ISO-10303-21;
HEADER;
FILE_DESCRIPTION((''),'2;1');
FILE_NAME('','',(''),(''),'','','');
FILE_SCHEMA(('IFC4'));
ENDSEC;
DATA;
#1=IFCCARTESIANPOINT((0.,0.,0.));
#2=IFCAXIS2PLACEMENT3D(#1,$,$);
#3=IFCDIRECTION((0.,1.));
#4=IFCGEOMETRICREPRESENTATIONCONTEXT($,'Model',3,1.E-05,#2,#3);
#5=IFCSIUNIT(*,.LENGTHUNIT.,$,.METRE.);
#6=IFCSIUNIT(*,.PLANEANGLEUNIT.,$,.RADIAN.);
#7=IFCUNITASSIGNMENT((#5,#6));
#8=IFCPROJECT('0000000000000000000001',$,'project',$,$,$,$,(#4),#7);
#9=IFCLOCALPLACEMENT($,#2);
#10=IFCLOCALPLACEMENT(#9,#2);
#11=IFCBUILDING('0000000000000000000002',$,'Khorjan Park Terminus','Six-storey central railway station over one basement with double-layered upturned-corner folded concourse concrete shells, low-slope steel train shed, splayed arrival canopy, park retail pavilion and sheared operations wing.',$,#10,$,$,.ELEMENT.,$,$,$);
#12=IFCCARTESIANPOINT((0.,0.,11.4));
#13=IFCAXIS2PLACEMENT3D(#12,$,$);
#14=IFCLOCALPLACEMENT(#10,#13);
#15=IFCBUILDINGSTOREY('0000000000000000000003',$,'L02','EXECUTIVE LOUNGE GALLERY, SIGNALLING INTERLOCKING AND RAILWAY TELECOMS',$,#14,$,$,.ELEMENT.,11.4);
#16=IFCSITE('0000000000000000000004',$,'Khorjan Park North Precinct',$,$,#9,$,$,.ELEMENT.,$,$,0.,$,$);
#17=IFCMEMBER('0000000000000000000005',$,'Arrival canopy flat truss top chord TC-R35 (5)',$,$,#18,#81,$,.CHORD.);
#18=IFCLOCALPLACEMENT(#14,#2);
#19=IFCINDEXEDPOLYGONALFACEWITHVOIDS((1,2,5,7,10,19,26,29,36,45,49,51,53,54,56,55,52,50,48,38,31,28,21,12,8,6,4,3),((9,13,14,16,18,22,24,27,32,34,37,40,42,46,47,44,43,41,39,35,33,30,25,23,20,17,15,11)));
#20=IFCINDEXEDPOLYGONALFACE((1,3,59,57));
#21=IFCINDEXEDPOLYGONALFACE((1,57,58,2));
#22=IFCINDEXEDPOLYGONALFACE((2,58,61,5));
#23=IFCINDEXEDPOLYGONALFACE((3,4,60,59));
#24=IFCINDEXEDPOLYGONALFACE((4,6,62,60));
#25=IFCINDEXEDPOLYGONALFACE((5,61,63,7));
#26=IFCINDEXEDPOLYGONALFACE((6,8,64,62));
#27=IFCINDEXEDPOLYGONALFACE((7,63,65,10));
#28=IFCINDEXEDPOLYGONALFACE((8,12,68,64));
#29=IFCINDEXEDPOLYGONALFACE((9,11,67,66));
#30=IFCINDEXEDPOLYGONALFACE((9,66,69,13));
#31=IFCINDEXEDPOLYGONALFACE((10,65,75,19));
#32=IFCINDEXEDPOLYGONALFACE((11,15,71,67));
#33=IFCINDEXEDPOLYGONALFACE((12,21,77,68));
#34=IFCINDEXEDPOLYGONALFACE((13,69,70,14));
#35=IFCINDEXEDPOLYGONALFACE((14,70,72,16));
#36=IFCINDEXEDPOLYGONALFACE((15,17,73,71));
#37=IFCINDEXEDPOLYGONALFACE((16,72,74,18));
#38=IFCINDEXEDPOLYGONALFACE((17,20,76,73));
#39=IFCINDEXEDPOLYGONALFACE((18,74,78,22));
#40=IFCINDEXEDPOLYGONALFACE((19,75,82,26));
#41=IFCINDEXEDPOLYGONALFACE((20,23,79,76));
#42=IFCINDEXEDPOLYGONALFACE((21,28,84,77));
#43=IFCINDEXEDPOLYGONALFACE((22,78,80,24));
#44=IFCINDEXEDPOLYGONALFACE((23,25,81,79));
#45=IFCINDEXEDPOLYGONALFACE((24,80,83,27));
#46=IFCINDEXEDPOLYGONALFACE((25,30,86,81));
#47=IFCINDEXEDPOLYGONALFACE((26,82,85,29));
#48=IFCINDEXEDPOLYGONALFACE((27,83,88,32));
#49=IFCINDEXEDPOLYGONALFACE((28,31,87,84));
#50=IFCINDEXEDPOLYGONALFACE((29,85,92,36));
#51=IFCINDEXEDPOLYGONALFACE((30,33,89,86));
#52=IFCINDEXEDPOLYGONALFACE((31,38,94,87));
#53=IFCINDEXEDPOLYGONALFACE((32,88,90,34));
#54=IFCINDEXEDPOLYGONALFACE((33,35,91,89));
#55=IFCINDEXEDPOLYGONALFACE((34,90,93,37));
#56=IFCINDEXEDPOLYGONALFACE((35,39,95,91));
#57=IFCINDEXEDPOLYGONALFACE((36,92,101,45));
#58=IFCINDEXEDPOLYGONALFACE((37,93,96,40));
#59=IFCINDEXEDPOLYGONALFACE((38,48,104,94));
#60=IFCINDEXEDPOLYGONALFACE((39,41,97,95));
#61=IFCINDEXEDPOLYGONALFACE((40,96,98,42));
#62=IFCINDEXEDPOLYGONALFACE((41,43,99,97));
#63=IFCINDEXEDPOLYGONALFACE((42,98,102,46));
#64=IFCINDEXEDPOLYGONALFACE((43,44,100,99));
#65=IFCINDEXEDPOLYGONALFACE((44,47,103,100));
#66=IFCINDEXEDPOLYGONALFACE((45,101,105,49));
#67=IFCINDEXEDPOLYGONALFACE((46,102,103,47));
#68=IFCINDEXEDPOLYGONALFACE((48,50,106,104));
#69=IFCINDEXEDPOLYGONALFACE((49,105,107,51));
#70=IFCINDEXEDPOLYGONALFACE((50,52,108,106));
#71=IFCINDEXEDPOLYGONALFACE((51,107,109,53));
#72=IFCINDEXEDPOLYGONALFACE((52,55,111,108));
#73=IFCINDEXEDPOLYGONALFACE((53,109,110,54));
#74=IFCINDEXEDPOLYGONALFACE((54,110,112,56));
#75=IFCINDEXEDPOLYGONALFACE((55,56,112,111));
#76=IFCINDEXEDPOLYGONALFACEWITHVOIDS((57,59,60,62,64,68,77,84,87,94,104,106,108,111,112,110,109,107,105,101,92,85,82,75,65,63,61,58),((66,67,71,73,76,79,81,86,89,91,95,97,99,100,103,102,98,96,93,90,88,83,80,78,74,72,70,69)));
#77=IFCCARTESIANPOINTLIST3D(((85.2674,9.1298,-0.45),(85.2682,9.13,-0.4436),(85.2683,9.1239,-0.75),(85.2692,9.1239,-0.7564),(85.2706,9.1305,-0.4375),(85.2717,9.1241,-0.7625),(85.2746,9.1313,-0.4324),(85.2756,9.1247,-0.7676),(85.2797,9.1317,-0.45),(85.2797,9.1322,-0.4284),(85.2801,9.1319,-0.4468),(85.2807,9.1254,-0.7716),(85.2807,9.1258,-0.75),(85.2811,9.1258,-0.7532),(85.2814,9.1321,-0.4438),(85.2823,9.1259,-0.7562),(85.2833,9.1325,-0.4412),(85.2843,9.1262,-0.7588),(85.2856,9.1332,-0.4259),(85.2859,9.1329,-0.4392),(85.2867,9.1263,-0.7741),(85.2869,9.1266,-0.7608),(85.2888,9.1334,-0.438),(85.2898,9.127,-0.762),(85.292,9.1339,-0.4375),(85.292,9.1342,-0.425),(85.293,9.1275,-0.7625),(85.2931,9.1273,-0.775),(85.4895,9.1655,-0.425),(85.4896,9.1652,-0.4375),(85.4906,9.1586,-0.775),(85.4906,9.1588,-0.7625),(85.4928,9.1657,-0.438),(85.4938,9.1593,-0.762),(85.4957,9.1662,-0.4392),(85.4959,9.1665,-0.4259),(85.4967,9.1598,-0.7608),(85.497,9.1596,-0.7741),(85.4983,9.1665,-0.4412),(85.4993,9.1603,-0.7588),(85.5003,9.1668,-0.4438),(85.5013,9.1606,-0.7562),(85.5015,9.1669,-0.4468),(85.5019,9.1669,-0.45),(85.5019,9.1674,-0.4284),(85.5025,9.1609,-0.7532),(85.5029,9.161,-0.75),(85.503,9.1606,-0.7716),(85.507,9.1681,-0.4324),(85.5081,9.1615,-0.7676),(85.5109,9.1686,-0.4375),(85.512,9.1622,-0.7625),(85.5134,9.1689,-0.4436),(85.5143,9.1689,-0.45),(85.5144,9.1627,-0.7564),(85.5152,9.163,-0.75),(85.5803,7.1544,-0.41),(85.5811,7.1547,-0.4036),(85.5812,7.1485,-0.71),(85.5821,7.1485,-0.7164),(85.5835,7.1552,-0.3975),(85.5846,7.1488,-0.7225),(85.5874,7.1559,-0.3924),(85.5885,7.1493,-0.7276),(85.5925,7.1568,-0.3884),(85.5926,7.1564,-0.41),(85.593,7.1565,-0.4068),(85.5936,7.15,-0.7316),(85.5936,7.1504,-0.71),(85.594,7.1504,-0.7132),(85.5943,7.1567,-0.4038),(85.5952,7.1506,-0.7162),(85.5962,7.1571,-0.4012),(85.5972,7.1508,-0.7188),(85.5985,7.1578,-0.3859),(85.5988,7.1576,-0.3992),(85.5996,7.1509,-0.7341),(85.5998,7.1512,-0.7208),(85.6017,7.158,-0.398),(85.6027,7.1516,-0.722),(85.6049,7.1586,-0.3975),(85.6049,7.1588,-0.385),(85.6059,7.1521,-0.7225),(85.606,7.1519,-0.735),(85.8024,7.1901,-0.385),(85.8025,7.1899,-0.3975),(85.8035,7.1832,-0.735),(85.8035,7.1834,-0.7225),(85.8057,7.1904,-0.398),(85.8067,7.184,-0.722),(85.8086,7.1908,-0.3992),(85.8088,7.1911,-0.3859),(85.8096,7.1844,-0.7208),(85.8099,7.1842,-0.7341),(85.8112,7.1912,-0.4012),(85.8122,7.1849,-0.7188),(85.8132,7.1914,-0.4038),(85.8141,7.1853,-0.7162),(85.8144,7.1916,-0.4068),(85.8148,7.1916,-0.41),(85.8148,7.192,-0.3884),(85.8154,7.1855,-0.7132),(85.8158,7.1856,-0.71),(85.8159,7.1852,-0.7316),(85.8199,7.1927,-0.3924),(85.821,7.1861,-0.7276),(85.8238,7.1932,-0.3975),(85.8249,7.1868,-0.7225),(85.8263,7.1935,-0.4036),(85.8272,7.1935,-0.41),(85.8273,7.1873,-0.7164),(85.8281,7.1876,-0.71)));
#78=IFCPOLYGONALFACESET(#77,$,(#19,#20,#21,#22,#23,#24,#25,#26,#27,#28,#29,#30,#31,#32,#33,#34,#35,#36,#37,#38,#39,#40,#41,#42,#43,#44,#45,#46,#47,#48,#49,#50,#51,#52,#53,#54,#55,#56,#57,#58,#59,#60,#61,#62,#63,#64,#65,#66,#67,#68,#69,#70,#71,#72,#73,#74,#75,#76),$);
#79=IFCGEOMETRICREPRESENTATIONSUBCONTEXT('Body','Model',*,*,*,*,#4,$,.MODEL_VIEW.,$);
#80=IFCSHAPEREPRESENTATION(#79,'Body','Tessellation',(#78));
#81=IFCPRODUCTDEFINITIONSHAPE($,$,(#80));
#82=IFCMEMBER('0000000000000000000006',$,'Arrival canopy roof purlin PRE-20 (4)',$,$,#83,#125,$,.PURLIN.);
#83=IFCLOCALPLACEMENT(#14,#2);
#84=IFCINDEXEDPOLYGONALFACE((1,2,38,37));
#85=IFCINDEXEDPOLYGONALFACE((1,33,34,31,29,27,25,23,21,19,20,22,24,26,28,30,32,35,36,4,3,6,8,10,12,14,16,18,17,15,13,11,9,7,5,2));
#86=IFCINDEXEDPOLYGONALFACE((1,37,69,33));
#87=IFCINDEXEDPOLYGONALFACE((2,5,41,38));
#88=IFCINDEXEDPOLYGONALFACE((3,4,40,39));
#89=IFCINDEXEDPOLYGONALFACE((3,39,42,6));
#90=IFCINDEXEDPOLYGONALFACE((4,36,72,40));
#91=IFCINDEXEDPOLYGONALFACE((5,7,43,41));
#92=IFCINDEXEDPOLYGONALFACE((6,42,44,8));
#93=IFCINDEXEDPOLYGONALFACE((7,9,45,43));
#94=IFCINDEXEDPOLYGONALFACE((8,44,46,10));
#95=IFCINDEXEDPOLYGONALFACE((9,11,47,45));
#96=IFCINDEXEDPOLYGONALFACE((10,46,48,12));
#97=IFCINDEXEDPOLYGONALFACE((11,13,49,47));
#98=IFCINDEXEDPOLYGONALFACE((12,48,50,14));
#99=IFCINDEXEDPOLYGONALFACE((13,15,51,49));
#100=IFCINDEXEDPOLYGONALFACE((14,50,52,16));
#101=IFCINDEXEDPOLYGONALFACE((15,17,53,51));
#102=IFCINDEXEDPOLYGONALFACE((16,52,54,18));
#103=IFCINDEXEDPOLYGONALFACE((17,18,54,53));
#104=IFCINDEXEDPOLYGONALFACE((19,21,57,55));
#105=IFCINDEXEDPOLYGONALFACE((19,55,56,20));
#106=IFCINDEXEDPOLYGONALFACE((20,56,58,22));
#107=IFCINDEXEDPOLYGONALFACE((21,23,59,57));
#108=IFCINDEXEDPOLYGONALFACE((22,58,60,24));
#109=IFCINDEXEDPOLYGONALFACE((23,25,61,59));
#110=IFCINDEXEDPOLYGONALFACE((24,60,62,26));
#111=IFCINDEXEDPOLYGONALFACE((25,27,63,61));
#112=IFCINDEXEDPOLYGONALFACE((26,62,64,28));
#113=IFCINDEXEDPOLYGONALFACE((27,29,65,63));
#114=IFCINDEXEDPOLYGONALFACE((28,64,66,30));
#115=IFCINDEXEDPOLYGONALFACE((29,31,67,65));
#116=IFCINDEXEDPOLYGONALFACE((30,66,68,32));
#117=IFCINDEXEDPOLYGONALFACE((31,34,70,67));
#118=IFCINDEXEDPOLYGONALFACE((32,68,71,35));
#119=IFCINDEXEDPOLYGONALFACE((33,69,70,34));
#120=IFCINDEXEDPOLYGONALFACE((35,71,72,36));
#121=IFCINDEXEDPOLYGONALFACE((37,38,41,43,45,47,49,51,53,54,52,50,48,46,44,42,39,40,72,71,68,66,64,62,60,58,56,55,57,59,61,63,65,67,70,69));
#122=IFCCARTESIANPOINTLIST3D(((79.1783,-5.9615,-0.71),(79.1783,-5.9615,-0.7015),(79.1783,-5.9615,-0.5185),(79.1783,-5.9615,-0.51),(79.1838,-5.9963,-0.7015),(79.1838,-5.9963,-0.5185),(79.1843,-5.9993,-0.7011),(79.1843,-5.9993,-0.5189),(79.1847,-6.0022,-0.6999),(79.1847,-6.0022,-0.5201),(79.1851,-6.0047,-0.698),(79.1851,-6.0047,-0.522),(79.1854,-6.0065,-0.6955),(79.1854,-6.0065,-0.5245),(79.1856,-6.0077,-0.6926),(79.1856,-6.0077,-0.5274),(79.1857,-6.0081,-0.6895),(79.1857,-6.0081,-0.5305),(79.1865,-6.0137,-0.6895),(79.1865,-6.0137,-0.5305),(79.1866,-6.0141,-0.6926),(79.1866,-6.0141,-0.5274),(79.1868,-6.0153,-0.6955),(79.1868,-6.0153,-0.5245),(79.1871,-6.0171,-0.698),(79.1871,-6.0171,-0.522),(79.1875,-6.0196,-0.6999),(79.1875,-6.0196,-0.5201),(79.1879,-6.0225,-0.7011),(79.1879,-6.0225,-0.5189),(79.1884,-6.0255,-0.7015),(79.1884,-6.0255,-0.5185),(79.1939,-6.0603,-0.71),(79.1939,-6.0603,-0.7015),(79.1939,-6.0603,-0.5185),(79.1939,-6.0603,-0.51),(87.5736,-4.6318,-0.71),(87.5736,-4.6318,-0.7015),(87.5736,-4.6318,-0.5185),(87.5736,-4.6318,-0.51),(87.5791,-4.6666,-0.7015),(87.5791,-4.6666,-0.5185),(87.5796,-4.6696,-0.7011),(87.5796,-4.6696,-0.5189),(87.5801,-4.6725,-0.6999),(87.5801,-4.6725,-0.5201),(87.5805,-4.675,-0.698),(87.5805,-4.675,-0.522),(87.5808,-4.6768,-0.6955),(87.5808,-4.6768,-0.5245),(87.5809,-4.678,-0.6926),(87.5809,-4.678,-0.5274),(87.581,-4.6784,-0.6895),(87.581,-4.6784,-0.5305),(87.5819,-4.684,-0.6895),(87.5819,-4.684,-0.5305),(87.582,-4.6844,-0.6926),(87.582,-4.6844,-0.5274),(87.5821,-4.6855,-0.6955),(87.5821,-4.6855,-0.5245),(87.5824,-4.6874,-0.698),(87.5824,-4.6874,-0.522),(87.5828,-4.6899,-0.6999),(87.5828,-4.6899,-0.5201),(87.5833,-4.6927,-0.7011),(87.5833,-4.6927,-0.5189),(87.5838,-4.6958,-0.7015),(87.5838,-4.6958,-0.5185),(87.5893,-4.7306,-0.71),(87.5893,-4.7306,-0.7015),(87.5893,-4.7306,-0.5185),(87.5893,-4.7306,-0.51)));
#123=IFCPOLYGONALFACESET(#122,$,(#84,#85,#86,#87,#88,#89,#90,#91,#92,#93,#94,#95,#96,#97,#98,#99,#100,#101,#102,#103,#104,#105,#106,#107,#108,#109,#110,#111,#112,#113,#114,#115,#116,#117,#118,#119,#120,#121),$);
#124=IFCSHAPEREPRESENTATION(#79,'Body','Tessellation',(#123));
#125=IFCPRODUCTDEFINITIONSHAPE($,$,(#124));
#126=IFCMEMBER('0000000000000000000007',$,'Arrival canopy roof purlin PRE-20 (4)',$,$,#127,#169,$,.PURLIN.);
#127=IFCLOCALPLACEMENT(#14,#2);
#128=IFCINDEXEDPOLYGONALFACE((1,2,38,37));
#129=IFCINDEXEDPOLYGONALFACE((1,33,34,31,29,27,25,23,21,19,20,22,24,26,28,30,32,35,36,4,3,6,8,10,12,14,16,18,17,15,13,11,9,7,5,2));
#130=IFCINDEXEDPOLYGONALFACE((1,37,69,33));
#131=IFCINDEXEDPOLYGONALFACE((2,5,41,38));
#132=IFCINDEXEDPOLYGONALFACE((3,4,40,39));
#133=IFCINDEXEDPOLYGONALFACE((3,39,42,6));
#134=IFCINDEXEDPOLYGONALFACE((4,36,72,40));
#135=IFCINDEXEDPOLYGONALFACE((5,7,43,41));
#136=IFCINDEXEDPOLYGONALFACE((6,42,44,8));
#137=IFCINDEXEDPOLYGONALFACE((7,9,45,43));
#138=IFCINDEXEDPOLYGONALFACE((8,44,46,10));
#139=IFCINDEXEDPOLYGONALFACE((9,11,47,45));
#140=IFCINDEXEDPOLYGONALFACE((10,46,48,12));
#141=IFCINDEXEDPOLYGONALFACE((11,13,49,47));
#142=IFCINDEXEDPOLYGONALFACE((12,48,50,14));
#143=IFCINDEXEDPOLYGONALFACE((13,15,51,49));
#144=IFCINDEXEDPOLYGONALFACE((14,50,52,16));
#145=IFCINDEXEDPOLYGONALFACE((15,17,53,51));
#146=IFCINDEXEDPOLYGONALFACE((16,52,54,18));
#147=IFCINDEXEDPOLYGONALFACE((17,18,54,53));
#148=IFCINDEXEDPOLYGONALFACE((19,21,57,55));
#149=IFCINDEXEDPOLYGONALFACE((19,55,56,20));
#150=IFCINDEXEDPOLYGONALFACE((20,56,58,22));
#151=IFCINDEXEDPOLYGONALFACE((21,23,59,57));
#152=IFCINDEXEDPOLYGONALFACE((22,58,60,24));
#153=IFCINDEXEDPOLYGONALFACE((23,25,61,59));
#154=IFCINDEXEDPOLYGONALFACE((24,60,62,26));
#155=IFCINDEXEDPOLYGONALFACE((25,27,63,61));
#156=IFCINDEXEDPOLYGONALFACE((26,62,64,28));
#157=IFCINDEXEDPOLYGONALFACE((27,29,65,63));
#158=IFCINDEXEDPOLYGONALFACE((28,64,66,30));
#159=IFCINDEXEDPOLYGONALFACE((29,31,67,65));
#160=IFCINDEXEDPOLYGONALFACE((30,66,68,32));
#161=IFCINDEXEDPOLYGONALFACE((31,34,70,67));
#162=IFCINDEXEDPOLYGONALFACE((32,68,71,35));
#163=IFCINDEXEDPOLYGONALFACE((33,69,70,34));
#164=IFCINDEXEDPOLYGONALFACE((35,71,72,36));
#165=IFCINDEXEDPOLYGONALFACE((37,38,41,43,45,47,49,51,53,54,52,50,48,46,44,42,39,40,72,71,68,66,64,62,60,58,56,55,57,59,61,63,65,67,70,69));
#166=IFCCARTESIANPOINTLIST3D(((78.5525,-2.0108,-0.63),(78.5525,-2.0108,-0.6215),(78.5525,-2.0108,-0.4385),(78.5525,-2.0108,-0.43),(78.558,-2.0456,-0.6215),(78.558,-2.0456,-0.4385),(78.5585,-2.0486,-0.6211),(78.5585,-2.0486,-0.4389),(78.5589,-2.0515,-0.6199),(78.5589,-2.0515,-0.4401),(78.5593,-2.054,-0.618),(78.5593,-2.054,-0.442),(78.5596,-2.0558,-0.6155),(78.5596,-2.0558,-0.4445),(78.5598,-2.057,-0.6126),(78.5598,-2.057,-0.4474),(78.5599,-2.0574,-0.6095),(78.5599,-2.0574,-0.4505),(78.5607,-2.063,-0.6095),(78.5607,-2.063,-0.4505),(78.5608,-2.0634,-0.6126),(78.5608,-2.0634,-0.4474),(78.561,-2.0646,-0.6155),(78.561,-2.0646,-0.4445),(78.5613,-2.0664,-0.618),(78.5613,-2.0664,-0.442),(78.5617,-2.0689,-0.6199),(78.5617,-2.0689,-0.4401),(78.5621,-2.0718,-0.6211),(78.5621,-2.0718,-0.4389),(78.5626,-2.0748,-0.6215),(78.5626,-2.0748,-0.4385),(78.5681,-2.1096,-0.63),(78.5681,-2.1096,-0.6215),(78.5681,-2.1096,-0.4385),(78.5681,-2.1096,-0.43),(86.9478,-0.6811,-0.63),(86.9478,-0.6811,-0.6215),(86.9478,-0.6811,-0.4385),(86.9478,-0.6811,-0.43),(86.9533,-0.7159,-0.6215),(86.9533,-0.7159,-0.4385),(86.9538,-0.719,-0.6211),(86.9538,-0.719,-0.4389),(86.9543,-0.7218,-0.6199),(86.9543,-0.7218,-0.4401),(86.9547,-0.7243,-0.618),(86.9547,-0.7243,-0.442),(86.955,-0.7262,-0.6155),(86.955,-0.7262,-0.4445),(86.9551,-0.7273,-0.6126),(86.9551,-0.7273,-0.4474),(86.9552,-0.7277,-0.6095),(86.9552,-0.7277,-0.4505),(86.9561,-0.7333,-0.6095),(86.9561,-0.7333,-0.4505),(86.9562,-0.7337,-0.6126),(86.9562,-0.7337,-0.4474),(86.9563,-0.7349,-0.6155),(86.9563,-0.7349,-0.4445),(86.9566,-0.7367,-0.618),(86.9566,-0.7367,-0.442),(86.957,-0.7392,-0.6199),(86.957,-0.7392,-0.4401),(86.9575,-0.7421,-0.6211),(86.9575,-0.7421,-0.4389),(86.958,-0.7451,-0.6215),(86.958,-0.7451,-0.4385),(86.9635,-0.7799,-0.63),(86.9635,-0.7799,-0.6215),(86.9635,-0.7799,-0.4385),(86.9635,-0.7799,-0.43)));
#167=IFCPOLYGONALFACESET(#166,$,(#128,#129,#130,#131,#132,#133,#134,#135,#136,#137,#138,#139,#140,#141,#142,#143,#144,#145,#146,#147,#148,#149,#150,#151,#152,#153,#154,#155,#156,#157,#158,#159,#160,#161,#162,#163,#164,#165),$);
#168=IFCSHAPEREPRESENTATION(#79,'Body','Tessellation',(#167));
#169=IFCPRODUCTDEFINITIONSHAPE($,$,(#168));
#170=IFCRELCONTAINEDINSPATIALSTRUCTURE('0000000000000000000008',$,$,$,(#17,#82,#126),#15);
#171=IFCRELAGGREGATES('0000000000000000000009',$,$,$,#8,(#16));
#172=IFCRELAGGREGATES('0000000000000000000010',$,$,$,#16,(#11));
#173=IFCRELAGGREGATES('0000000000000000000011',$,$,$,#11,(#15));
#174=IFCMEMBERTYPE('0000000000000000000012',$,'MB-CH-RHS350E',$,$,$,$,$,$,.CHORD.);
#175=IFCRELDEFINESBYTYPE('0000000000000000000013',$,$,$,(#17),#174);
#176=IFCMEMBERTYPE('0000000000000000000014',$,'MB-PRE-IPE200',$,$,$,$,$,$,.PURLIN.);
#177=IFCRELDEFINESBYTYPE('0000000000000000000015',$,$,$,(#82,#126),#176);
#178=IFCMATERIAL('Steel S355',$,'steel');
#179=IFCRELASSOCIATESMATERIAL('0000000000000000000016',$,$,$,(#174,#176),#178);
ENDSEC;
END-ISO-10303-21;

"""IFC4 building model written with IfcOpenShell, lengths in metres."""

from ifc_helpers import new_model, si_unit, direction, frame, origin, origin_2d, place, context, subcontext, project, spatial, hollow_rectangle, i_section, extrude, material, material_profile, profile_set, type_object, element, save


model = new_model("IFC4")

# Units and contexts
model_context = context("Model", 3, precision=1e-05, world=origin(), true_north=direction((0.0, 1.0)))
body_context = subcontext(model_context, "Body", "Model", "MODEL_VIEW")
ifc_project = project(units=[si_unit("LENGTHUNIT", "METRE"), si_unit("PLANEANGLEUNIT", "RADIAN")], contexts=[model_context])

# Site, building, storey
site_placement = place(None, origin())
site = spatial("IfcSite", under=ifc_project, at=site_placement, Name="Khorjan Park North Precinct", CompositionType="ELEMENT", RefElevation=0.0)
building_placement = place(site_placement, origin())
building = spatial("IfcBuilding", under=site, at=building_placement, Name="Khorjan Park Terminus", Description="Six-storey central railway station over one basement with double-layered upturned-corner folded concourse concrete shells, low-slope steel train shed, splayed arrival canopy, park retail pavilion and sheared operations wing.", CompositionType="ELEMENT")
storey_placement = place(building_placement, frame((0.0, 0.0, 11.4)))
storey = spatial("IfcBuildingStorey", under=building, at=storey_placement, Name="L02", Description="EXECUTIVE LOUNGE GALLERY, SIGNALLING INTERLOCKING AND RAILWAY TELECOMS", CompositionType="ELEMENT", Elevation=11.4)

# Members
ifc_material = material(Name="Steel S355", Category="steel")
ifc_material_profile_1 = material_profile(ifc_material, hollow_rectangle(XDim=0.25, YDim=0.35, WallThickness=0.0125, InnerFilletRadius=0.0125, OuterFilletRadius=0.025, at=origin_2d()), Name="RHS 350x250x12.5")
ifc_profile_set_1 = profile_set([ifc_material_profile_1], Name="Steel S355")
member_type_1 = type_object("IfcMemberType", Name="MB-CH-RHS350E", PredefinedType="CHORD", material=ifc_profile_set_1)
member_1_placement = place(storey_placement, frame((85.7042, 7.171, -0.56), z_axis=(-0.156417, 0.987489, -0.019996), x_axis=(-0.987686, -0.156448, 0.0)))
element("IfcMember", 1, at=member_1_placement, inside=storey, type_object=member_type_1, Name="Arrival canopy flat truss top chord TC-R35 (5)", PredefinedType="CHORD", context=body_context, shape_type="SweptSolid", body=[
    extrude(hollow_rectangle(XDim=0.25, YDim=0.35, WallThickness=0.0125, InnerFilletRadius=0.0125, OuterFilletRadius=0.025, at=origin_2d()), origin(), (0.0, 0.0, 1.0), 2.0004),
])
ifc_material_profile_2 = material_profile(ifc_material, i_section(OverallWidth=0.1, OverallDepth=0.2, WebThickness=0.0056, FlangeThickness=0.0085, FilletRadius=0.012, at=origin_2d()), Name="IPE 200")
ifc_profile_set_2 = profile_set([ifc_material_profile_2], Name="Steel S355")
member_type_2 = type_object("IfcMemberType", Name="MB-PRE-IPE200", PredefinedType="PURLIN", material=ifc_profile_set_2)
for number, where, z_axis, x_axis, name in (
    (2, (79.1861, -6.0109, -0.61), (0.987688, 0.156436, 0.0), (-0.156436, 0.987688, 0.0), "Arrival canopy roof purlin PRE-20 (4)"),
    (3, (78.5603, -2.0602, -0.53), (0.987688, 0.156434, 0.0), (-0.156434, 0.987688, 0.0), "Arrival canopy roof purlin PRE-20 (4)"),
):
    element("IfcMember", number, at=place(storey_placement, frame(where, z_axis=z_axis, x_axis=x_axis)), inside=storey, type_object=member_type_2, Name=name, PredefinedType="PURLIN", context=body_context, shape_type="SweptSolid", body=[
        extrude(i_section(OverallWidth=0.1, OverallDepth=0.2, WebThickness=0.0056, FlangeThickness=0.0085, FilletRadius=0.012, at=origin_2d()), origin(), (0.0, 0.0, 1.0), 8.5),
    ])

save(model, "model.ifc")
